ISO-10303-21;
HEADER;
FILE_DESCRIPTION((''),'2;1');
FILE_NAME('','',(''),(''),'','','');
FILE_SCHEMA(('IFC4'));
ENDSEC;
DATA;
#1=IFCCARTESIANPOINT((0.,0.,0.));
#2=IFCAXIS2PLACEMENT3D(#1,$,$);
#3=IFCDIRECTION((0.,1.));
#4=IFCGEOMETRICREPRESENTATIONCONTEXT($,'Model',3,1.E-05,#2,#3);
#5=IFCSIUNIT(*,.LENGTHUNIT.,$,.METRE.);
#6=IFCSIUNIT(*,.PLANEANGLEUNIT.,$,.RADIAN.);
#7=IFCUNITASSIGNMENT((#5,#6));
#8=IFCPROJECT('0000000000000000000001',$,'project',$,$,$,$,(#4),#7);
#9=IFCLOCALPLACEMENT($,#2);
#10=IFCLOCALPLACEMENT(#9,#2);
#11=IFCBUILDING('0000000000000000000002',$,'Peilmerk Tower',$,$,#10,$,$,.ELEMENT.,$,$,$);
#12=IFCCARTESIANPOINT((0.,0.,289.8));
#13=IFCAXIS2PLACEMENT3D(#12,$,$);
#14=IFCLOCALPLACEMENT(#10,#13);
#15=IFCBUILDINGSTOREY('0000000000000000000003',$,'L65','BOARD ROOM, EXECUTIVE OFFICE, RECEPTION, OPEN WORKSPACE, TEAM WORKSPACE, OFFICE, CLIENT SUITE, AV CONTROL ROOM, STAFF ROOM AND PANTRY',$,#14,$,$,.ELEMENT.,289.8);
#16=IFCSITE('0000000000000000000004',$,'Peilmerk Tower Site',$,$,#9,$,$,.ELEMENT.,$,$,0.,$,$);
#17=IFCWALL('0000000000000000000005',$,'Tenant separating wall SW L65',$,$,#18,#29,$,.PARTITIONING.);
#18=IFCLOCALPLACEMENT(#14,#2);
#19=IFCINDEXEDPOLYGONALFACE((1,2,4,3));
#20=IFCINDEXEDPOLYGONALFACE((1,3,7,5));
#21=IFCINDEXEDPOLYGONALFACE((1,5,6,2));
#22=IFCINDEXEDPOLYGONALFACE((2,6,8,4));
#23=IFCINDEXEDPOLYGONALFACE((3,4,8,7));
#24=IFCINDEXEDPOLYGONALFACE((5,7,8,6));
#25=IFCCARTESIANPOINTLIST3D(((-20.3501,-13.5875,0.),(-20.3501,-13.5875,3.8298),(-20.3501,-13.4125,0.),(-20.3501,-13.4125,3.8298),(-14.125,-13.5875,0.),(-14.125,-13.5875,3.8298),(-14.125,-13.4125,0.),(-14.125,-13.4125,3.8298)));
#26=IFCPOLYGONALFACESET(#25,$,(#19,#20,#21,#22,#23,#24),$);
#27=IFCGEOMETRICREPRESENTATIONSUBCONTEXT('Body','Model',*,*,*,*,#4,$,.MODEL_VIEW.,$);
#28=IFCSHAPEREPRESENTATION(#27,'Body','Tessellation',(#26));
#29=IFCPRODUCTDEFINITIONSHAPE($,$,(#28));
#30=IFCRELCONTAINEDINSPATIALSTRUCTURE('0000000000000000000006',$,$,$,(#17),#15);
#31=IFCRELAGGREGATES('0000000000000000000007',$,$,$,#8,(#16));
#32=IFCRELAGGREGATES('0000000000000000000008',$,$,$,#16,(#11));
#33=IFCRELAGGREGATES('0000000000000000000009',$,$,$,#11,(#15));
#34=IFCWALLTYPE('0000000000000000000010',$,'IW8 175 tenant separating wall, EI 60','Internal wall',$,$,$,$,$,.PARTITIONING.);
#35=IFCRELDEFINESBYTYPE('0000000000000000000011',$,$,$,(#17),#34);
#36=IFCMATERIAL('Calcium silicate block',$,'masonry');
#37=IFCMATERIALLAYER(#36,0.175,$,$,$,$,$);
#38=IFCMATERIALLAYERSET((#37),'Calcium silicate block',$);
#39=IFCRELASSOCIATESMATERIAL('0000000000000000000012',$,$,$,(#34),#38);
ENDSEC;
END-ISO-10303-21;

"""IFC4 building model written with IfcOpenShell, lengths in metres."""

from ifc_helpers import new_model, si_unit, direction, frame, frame_2d, origin, place, context, subcontext, project, spatial, rectangle, extrude, material, layer, layer_set, type_object, element, save


model = new_model("IFC4")

# Units and contexts
model_context = context("Model", 3, precision=1e-05, world=origin(), true_north=direction((0.0, 1.0)))
body_context = subcontext(model_context, "Body", "Model", "MODEL_VIEW")
ifc_project = project(units=[si_unit("LENGTHUNIT", "METRE"), si_unit("PLANEANGLEUNIT", "RADIAN")], contexts=[model_context])

# Site, building, storey
site_placement = place(None, origin())
site = spatial("IfcSite", under=ifc_project, at=site_placement, Name="Peilmerk Tower Site", CompositionType="ELEMENT", RefElevation=0.0)
building_placement = place(site_placement, origin())
building = spatial("IfcBuilding", under=site, at=building_placement, Name="Peilmerk Tower", CompositionType="ELEMENT")
storey_placement = place(building_placement, frame((0.0, 0.0, 289.8)))
storey = spatial("IfcBuildingStorey", under=building, at=storey_placement, Name="L65", Description="BOARD ROOM, EXECUTIVE OFFICE, RECEPTION, OPEN WORKSPACE, TEAM WORKSPACE, OFFICE, CLIENT SUITE, AV CONTROL ROOM, STAFF ROOM AND PANTRY", CompositionType="ELEMENT", Elevation=289.8)

# Shared definitions
ifc_material_1 = material(Name="Calcium silicate block", Category="masonry")

# Wall
ifc_layer_1 = layer(ifc_material_1, 0.175)
ifc_layer_set_1 = layer_set([ifc_layer_1], Name="Calcium silicate block")
wall_type_1 = type_object("IfcWallType", Name="IW8 175 tenant separating wall, EI 60", Description="Internal wall", PredefinedType="PARTITIONING", material=ifc_layer_set_1)
wall_1_placement = place(storey_placement, frame((-14.125, -13.5, 0.0), z_axis=(0.0, 0.0, 1.0), x_axis=(-1.0, 0.0, 0.0)))
element("IfcWall", 1, at=wall_1_placement, inside=storey, type_object=wall_type_1, Name="Tenant separating wall SW L65", PredefinedType="PARTITIONING", context=body_context, shape_type="SweptSolid", body=[
    extrude(rectangle(XDim=6.2251, YDim=0.175, at=frame_2d((3.1125, 0.0))), origin(), (0.0, 0.0, 1.0), 3.8298),
])

save(model, "model.ifc")
